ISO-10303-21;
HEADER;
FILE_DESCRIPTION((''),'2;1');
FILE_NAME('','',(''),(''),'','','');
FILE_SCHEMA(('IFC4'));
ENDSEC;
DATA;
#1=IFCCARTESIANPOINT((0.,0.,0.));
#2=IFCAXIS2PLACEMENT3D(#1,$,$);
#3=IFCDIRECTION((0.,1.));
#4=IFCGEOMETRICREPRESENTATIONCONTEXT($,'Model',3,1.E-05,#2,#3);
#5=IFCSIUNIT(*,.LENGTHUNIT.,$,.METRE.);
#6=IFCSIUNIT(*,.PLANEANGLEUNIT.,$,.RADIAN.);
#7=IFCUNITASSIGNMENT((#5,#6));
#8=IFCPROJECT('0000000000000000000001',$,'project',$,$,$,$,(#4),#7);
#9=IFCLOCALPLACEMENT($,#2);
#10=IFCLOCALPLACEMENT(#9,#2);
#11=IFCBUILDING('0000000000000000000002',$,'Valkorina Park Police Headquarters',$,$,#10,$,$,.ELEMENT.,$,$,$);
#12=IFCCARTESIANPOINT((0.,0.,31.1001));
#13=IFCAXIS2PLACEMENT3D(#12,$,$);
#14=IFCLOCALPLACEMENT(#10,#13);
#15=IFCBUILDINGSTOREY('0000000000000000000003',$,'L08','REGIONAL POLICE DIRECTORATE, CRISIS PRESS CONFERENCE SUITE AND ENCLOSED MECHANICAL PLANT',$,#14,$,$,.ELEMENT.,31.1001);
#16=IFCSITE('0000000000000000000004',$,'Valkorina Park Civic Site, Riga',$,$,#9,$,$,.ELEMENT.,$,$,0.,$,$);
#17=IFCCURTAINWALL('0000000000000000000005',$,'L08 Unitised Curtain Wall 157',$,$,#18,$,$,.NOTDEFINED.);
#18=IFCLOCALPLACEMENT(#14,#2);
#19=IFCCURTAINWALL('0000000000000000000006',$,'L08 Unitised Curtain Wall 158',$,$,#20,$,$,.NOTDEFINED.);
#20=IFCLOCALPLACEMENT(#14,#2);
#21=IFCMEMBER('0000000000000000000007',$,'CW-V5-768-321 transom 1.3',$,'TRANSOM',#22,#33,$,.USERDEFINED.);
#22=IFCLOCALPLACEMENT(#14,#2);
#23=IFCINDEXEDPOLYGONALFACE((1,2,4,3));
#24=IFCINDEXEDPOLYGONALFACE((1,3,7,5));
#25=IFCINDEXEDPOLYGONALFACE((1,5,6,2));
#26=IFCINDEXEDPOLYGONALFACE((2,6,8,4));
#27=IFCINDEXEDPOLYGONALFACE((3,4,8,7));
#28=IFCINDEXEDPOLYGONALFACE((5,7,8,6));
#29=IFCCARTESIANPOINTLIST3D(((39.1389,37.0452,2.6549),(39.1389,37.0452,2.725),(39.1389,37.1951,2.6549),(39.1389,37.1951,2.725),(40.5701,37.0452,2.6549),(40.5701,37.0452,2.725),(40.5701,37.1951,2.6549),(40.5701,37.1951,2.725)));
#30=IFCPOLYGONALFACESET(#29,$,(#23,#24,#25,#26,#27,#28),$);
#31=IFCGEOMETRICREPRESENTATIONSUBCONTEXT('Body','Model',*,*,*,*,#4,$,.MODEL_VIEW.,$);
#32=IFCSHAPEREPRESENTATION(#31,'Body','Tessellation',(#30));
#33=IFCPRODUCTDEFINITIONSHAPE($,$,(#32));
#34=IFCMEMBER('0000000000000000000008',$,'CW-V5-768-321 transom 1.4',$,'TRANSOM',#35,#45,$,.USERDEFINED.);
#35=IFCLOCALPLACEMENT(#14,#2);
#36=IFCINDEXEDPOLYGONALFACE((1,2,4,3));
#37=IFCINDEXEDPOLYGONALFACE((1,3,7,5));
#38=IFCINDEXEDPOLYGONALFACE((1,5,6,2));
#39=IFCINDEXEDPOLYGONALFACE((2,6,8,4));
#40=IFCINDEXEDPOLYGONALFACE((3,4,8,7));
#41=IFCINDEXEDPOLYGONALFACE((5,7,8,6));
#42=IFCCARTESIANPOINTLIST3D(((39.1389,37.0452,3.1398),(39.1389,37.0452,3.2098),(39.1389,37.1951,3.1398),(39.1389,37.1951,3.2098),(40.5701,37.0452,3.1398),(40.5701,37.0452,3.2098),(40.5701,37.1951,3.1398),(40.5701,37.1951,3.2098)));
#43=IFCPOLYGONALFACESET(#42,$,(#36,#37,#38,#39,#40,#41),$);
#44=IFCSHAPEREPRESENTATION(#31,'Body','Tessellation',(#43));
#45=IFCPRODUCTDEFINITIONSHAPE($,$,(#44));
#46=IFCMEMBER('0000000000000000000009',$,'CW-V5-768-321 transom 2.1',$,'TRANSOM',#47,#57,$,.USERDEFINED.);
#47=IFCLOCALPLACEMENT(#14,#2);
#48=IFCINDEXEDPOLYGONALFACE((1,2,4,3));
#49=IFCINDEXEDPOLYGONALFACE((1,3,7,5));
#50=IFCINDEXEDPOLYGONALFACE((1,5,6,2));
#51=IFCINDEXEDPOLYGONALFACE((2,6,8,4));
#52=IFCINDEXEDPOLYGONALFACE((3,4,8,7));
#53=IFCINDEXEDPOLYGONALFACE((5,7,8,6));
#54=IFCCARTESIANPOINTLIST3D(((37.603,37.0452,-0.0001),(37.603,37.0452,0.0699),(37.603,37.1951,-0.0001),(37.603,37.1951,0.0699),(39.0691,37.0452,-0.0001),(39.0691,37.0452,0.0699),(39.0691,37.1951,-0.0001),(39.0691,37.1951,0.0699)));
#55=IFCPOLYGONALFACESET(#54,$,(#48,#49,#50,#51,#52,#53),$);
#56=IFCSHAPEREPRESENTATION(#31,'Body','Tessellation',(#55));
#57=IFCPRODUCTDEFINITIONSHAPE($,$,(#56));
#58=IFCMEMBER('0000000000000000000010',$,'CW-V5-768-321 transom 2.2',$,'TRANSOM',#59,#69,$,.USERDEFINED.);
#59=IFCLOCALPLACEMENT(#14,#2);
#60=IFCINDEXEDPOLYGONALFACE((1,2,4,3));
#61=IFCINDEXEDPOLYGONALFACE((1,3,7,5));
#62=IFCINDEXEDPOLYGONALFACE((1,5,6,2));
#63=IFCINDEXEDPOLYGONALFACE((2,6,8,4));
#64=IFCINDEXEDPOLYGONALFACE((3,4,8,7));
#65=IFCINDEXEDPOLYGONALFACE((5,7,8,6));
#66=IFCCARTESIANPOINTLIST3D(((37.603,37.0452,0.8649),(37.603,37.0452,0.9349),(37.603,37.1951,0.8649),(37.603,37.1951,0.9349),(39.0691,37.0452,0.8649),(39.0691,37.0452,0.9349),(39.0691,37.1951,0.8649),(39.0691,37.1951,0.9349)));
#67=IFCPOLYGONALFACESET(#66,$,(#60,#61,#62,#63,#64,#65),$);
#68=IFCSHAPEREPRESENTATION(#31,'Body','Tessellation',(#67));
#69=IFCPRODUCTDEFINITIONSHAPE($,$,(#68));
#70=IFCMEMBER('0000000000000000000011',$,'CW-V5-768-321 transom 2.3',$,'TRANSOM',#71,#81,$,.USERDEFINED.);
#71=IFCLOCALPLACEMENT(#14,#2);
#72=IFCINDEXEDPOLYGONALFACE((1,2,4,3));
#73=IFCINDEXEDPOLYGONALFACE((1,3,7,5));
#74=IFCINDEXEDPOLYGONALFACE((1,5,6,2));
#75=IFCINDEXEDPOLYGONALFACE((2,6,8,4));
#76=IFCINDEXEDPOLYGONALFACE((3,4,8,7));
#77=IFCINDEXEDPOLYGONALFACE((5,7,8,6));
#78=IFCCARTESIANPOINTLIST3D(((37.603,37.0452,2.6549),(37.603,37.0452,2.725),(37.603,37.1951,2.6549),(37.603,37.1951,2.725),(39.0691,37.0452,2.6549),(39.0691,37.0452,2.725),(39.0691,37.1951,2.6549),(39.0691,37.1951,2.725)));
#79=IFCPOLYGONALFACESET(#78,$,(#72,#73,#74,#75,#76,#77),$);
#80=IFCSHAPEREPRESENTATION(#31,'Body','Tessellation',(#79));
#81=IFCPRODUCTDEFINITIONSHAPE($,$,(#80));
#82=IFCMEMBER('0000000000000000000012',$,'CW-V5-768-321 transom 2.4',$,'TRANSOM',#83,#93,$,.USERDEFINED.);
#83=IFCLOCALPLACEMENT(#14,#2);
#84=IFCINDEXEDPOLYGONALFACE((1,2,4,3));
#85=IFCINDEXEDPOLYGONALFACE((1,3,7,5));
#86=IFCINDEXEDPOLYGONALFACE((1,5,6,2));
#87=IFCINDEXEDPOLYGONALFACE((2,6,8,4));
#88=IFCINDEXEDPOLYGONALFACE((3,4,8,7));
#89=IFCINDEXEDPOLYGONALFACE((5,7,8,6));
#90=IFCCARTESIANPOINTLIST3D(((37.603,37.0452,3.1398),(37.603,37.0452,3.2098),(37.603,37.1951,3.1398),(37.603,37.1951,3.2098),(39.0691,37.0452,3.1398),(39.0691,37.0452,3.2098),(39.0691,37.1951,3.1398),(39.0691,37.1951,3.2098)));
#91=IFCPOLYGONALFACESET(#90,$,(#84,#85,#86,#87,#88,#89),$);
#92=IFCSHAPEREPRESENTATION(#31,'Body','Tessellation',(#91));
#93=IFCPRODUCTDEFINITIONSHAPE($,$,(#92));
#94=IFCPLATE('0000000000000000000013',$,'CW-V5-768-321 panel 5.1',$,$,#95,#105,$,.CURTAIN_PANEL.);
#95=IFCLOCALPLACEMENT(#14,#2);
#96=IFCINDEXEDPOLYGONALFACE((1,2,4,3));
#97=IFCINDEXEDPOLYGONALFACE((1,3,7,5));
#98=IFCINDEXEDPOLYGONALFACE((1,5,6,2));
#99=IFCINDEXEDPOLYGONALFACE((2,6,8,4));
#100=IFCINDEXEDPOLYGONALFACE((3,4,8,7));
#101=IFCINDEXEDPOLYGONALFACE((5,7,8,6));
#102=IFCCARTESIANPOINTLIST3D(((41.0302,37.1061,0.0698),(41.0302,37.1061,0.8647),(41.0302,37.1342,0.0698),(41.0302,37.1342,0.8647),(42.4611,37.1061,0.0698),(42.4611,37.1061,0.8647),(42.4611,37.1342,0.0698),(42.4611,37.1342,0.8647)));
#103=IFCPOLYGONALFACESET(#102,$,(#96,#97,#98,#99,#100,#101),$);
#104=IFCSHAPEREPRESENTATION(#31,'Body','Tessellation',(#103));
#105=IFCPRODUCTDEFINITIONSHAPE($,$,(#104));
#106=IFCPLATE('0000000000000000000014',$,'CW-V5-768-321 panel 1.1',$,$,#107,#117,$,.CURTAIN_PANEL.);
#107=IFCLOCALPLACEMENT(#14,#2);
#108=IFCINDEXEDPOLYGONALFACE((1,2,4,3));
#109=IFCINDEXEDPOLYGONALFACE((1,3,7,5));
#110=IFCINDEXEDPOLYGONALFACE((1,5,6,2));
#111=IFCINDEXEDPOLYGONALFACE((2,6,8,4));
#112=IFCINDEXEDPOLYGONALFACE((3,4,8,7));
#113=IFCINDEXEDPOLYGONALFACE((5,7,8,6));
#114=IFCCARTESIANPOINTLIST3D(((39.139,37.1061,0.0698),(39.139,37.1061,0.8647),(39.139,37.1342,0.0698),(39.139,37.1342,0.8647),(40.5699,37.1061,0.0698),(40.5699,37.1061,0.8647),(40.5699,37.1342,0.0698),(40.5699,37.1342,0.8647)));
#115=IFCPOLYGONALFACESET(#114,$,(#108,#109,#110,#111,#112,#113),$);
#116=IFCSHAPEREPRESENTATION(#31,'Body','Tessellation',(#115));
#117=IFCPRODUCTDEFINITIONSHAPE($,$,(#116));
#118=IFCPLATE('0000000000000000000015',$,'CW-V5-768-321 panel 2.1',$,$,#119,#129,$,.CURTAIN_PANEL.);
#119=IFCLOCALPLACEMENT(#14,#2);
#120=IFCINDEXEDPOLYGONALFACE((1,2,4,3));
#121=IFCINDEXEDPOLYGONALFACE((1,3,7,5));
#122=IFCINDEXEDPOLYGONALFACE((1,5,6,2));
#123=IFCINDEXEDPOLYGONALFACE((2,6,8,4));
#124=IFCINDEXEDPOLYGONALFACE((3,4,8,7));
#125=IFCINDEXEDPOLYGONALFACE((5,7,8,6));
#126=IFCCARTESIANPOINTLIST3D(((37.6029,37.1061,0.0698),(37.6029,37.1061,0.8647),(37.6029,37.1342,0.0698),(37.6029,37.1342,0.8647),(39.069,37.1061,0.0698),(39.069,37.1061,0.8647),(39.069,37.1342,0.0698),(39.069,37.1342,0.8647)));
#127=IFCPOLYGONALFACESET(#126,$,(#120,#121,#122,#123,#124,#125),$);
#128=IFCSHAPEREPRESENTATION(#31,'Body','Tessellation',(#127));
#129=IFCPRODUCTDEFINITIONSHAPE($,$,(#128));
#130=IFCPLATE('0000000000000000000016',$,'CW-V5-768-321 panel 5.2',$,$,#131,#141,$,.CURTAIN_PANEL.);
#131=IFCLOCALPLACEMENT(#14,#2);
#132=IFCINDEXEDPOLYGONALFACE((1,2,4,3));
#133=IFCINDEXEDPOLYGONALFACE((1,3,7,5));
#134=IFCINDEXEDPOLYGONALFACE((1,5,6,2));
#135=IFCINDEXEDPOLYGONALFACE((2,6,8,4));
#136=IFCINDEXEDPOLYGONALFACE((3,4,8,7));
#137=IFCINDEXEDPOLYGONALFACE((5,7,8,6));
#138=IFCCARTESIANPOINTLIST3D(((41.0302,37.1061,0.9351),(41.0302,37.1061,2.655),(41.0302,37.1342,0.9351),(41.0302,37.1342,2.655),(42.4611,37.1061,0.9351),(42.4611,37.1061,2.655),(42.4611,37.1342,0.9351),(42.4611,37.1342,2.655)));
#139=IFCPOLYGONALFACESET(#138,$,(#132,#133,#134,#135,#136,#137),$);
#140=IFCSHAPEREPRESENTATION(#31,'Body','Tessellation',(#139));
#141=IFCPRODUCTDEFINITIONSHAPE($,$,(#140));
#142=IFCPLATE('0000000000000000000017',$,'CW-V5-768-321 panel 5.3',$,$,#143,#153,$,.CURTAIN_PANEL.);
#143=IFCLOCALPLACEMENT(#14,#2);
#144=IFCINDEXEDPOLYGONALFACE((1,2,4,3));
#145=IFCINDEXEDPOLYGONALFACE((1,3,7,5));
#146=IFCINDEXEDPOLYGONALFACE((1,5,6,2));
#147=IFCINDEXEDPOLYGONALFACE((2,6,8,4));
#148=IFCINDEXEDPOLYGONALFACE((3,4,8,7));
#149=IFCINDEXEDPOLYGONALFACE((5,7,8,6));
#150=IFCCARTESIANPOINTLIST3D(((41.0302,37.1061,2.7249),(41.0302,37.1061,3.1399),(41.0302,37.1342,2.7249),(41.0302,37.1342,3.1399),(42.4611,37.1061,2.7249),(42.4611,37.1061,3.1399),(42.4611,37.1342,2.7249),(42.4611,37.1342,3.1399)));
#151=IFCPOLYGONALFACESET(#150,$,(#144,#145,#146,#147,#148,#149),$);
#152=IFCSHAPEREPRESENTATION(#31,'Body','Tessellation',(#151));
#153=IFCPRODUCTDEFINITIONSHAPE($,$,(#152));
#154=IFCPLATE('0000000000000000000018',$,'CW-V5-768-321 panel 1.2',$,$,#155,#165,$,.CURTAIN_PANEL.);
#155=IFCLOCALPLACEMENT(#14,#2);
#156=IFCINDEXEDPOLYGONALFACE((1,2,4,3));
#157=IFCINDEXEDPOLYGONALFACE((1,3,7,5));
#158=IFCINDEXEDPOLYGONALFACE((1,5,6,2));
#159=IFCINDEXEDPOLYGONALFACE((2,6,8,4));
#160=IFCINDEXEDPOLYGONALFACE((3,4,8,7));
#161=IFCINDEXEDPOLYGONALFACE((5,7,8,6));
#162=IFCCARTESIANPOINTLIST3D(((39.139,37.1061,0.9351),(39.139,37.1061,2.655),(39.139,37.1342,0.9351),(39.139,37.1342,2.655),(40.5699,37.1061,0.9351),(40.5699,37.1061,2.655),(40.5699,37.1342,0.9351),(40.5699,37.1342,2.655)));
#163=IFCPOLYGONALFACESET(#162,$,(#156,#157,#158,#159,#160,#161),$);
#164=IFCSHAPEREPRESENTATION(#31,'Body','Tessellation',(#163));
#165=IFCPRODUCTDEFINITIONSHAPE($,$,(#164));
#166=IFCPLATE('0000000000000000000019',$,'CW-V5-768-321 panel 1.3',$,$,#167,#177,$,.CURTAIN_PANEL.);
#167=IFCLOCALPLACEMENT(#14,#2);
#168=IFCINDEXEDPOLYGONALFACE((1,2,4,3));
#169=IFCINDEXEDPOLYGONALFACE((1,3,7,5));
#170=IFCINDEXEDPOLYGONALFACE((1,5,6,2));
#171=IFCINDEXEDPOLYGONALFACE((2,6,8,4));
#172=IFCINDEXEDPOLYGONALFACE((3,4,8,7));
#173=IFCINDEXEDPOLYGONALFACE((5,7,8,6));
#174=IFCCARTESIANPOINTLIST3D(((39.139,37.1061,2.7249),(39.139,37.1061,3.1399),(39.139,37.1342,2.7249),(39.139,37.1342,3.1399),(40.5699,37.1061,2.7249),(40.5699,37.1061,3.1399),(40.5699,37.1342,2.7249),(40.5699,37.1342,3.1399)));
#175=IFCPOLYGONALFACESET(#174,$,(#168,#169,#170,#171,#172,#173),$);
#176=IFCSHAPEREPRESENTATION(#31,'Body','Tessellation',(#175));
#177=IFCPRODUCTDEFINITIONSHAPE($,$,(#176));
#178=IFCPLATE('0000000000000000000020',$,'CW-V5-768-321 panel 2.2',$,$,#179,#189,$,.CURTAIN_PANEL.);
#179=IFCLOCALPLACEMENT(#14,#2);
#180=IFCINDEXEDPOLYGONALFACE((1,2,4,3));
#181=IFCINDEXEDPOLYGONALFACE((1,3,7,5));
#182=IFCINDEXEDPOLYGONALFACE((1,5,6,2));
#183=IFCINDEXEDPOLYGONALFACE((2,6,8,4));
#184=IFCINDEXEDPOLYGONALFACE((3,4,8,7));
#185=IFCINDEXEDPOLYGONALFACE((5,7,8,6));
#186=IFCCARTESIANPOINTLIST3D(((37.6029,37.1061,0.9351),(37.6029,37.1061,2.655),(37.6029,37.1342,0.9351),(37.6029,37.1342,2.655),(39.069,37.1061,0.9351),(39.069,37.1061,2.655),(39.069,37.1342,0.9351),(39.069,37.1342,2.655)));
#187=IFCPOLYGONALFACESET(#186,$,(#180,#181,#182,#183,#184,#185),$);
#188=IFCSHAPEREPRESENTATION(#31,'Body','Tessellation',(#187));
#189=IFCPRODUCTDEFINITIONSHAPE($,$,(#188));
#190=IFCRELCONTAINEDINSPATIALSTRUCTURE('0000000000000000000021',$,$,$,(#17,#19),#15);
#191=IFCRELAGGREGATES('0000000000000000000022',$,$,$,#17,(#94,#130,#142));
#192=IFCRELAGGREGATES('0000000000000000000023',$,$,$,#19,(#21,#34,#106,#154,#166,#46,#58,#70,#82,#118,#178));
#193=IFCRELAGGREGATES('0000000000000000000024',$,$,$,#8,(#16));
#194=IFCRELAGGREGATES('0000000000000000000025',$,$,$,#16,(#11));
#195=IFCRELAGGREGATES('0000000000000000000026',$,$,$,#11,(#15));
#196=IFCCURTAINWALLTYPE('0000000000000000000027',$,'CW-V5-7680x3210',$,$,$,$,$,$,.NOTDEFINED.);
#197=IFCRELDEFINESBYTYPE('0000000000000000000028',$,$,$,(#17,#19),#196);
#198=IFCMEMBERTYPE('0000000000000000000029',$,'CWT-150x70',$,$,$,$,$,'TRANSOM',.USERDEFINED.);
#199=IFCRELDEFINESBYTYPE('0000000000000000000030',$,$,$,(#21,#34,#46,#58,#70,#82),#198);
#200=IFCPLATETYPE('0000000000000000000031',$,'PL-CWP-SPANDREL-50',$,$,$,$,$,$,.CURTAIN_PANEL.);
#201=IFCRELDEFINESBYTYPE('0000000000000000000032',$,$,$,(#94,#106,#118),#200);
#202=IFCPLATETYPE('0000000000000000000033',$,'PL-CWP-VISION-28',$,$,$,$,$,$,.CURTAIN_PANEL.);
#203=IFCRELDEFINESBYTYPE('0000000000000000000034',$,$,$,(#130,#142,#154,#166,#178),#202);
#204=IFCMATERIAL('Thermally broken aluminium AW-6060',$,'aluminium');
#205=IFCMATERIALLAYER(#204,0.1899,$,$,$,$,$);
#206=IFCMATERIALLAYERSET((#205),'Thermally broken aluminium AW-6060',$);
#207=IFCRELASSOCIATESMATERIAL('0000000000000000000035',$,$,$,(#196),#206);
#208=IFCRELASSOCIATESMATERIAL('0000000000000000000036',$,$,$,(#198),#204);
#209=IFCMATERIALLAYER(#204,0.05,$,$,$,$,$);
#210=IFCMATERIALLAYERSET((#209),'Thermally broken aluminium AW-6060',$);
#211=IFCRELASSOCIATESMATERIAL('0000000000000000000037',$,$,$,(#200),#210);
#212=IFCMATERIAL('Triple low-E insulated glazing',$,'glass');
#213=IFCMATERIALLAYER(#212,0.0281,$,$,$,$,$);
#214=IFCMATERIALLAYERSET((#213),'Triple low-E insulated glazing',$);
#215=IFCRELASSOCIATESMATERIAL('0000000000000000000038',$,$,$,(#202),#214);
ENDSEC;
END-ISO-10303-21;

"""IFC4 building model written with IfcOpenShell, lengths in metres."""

from ifc_helpers import new_model, si_unit, direction, frame, origin, origin_2d, place, context, subcontext, project, spatial, rectangle, extrude, material, layer, layer_set, material_profile, profile_set, type_object, element, aggregate, save


model = new_model("IFC4")

# Units and contexts
model_context = context("Model", 3, precision=1e-05, world=origin(), true_north=direction((0.0, 1.0)))
body_context = subcontext(model_context, "Body", "Model", "MODEL_VIEW")
ifc_project = project(units=[si_unit("LENGTHUNIT", "METRE"), si_unit("PLANEANGLEUNIT", "RADIAN")], contexts=[model_context])

# Site, building, storey
site_placement = place(None, origin())
site = spatial("IfcSite", under=ifc_project, at=site_placement, Name="Valkorina Park Civic Site, Riga", CompositionType="ELEMENT", RefElevation=0.0)
building_placement = place(site_placement, origin())
building = spatial("IfcBuilding", under=site, at=building_placement, Name="Valkorina Park Police Headquarters", CompositionType="ELEMENT")
storey_placement = place(building_placement, frame((0.0, 0.0, 31.1001)))
storey = spatial("IfcBuildingStorey", under=building, at=storey_placement, Name="L08", Description="REGIONAL POLICE DIRECTORATE, CRISIS PRESS CONFERENCE SUITE AND ENCLOSED MECHANICAL PLANT", CompositionType="ELEMENT", Elevation=31.1001)

# Curtain wall
ifc_material_1 = material(Name="Thermally broken aluminium AW-6060", Category="aluminium")
ifc_layer_1 = layer(ifc_material_1, 0.1899)
ifc_layer_set_1 = layer_set([ifc_layer_1], Name="Thermally broken aluminium AW-6060")
curtain_wall_type = type_object("IfcCurtainWallType", Name="CW-V5-7680x3210", PredefinedType="NOTDEFINED", material=ifc_layer_set_1)
curtain_wall_1_placement = place(storey_placement, origin())
curtain_wall_1 = element("IfcCurtainWall", 1, at=curtain_wall_1_placement, inside=storey, type_object=curtain_wall_type, Name="L08 Unitised Curtain Wall 157", PredefinedType="NOTDEFINED")

# Curtain wall
curtain_wall_2_placement = place(storey_placement, origin())
curtain_wall_2 = element("IfcCurtainWall", 2, at=curtain_wall_2_placement, inside=storey, type_object=curtain_wall_type, Name="L08 Unitised Curtain Wall 158", PredefinedType="NOTDEFINED")

# Members
ifc_material_profile_1 = material_profile(ifc_material_1, rectangle(XDim=0.1499, YDim=0.0701, at=origin_2d()), Name="CWT-02 150x70")
ifc_profile_set_1 = profile_set([ifc_material_profile_1], Name="Thermally broken aluminium AW-6060")
member_type_1 = type_object("IfcMemberType", Name="CWT-150x70", ElementType="TRANSOM", PredefinedType="USERDEFINED", material=ifc_profile_set_1)
member_1_placement = place(storey_placement, frame((40.5701, 37.1201, 2.6899), z_axis=(-1.0, 0.0, 0.0), x_axis=(0.0, -1.0, 0.0)))
member_1 = element("IfcMember", 3, at=member_1_placement, type_object=member_type_1, Name="CW-V5-768-321 transom 1.3", ObjectType="TRANSOM", PredefinedType="USERDEFINED", context=body_context, shape_type="SweptSolid", body=[
    extrude(rectangle(XDim=0.1499, YDim=0.0701, at=origin_2d()), origin(), (0.0, 0.0, 1.0), 1.4312),
])
member_2_placement = place(storey_placement, frame((40.5701, 37.1201, 3.1748), z_axis=(-1.0, 0.0, 0.0), x_axis=(0.0, -1.0, 0.0)))
member_2 = element("IfcMember", 4, at=member_2_placement, type_object=member_type_1, Name="CW-V5-768-321 transom 1.4", ObjectType="TRANSOM", PredefinedType="USERDEFINED", context=body_context, shape_type="SweptSolid", body=[
    extrude(rectangle(XDim=0.1499, YDim=0.0701, at=origin_2d()), origin(), (0.0, 0.0, 1.0), 1.4312),
])
member_3_placement = place(storey_placement, frame((39.0691, 37.1201, 0.0349), z_axis=(-1.0, 0.0, 0.0), x_axis=(0.0, -1.0, 0.0)))
member_3 = element("IfcMember", 5, at=member_3_placement, type_object=member_type_1, Name="CW-V5-768-321 transom 2.1", ObjectType="TRANSOM", PredefinedType="USERDEFINED", context=body_context, shape_type="SweptSolid", body=[
    extrude(rectangle(XDim=0.1499, YDim=0.0701, at=origin_2d()), origin(), (0.0, 0.0, 1.0), 1.4661),
])
member_4_placement = place(storey_placement, frame((39.0691, 37.1201, 0.8999), z_axis=(-1.0, 0.0, 0.0), x_axis=(0.0, -1.0, 0.0)))
member_4 = element("IfcMember", 6, at=member_4_placement, type_object=member_type_1, Name="CW-V5-768-321 transom 2.2", ObjectType="TRANSOM", PredefinedType="USERDEFINED", context=body_context, shape_type="SweptSolid", body=[
    extrude(rectangle(XDim=0.1499, YDim=0.0701, at=origin_2d()), origin(), (0.0, 0.0, 1.0), 1.4661),
])
member_5_placement = place(storey_placement, frame((39.0691, 37.1201, 2.6899), z_axis=(-1.0, 0.0, 0.0), x_axis=(0.0, -1.0, 0.0)))
member_5 = element("IfcMember", 7, at=member_5_placement, type_object=member_type_1, Name="CW-V5-768-321 transom 2.3", ObjectType="TRANSOM", PredefinedType="USERDEFINED", context=body_context, shape_type="SweptSolid", body=[
    extrude(rectangle(XDim=0.1499, YDim=0.0701, at=origin_2d()), origin(), (0.0, 0.0, 1.0), 1.4661),
])
member_6_placement = place(storey_placement, frame((39.0691, 37.1201, 3.1748), z_axis=(-1.0, 0.0, 0.0), x_axis=(0.0, -1.0, 0.0)))
member_6 = element("IfcMember", 8, at=member_6_placement, type_object=member_type_1, Name="CW-V5-768-321 transom 2.4", ObjectType="TRANSOM", PredefinedType="USERDEFINED", context=body_context, shape_type="SweptSolid", body=[
    extrude(rectangle(XDim=0.1499, YDim=0.0701, at=origin_2d()), origin(), (0.0, 0.0, 1.0), 1.4661),
])

# Plates
ifc_layer_2 = layer(ifc_material_1, 0.05)
ifc_layer_set_2 = layer_set([ifc_layer_2], Name="Thermally broken aluminium AW-6060")
plate_type_1 = type_object("IfcPlateType", Name="PL-CWP-SPANDREL-50", PredefinedType="CURTAIN_PANEL", material=ifc_layer_set_2)
plate_1_placement = place(storey_placement, frame((41.7456, 37.1201, 0.0698), z_axis=(0.0, 0.0, 1.0), x_axis=(-1.0, 0.0, 0.0)))
plate_1 = element("IfcPlate", 9, at=plate_1_placement, type_object=plate_type_1, Name="CW-V5-768-321 panel 5.1", PredefinedType="CURTAIN_PANEL", context=body_context, shape_type="SweptSolid", body=[
    extrude(rectangle(XDim=1.4309, YDim=0.0281, at=origin_2d()), origin(), (0.0, 0.0, 1.0), 0.7949),
])
plate_2_placement = place(storey_placement, frame((39.8545, 37.1201, 0.0698), z_axis=(0.0, 0.0, 1.0), x_axis=(-1.0, 0.0, 0.0)))
plate_2 = element("IfcPlate", 10, at=plate_2_placement, type_object=plate_type_1, Name="CW-V5-768-321 panel 1.1", PredefinedType="CURTAIN_PANEL", context=body_context, shape_type="SweptSolid", body=[
    extrude(rectangle(XDim=1.4309, YDim=0.0281, at=origin_2d()), origin(), (0.0, 0.0, 1.0), 0.7949),
])
plate_3_placement = place(storey_placement, frame((38.3359, 37.1201, 0.0698), z_axis=(0.0, 0.0, 1.0), x_axis=(-1.0, 0.0, 0.0)))
plate_3 = element("IfcPlate", 11, at=plate_3_placement, type_object=plate_type_1, Name="CW-V5-768-321 panel 2.1", PredefinedType="CURTAIN_PANEL", context=body_context, shape_type="SweptSolid", body=[
    extrude(rectangle(XDim=1.4661, YDim=0.0281, at=origin_2d()), origin(), (0.0, 0.0, 1.0), 0.7949),
])
ifc_material_2 = material(Name="Triple low-E insulated glazing", Category="glass")
ifc_layer_3 = layer(ifc_material_2, 0.0281)
ifc_layer_set_3 = layer_set([ifc_layer_3], Name="Triple low-E insulated glazing")
plate_type_2 = type_object("IfcPlateType", Name="PL-CWP-VISION-28", PredefinedType="CURTAIN_PANEL", material=ifc_layer_set_3)
plate_4_placement = place(storey_placement, frame((41.7456, 37.1201, 0.9351), z_axis=(0.0, 0.0, 1.0), x_axis=(-1.0, 0.0, 0.0)))
plate_4 = element("IfcPlate", 12, at=plate_4_placement, type_object=plate_type_2, Name="CW-V5-768-321 panel 5.2", PredefinedType="CURTAIN_PANEL", context=body_context, shape_type="SweptSolid", body=[
    extrude(rectangle(XDim=1.4309, YDim=0.0281, at=origin_2d()), origin(), (0.0, 0.0, 1.0), 1.72),
])
plate_5_placement = place(storey_placement, frame((41.7456, 37.1201, 2.7249), z_axis=(0.0, 0.0, 1.0), x_axis=(-1.0, 0.0, 0.0)))
plate_5 = element("IfcPlate", 13, at=plate_5_placement, type_object=plate_type_2, Name="CW-V5-768-321 panel 5.3", PredefinedType="CURTAIN_PANEL", context=body_context, shape_type="SweptSolid", body=[
    extrude(rectangle(XDim=1.4309, YDim=0.0281, at=origin_2d()), origin(), (0.0, 0.0, 1.0), 0.415),
])
aggregate(curtain_wall_1, [plate_1, plate_4, plate_5])
plate_6_placement = place(storey_placement, frame((39.8545, 37.1201, 0.9351), z_axis=(0.0, 0.0, 1.0), x_axis=(-1.0, 0.0, 0.0)))
plate_6 = element("IfcPlate", 14, at=plate_6_placement, type_object=plate_type_2, Name="CW-V5-768-321 panel 1.2", PredefinedType="CURTAIN_PANEL", context=body_context, shape_type="SweptSolid", body=[
    extrude(rectangle(XDim=1.4309, YDim=0.0281, at=origin_2d()), origin(), (0.0, 0.0, 1.0), 1.72),
])
plate_7_placement = place(storey_placement, frame((39.8545, 37.1201, 2.7249), z_axis=(0.0, 0.0, 1.0), x_axis=(-1.0, 0.0, 0.0)))
plate_7 = element("IfcPlate", 15, at=plate_7_placement, type_object=plate_type_2, Name="CW-V5-768-321 panel 1.3", PredefinedType="CURTAIN_PANEL", context=body_context, shape_type="SweptSolid", body=[
    extrude(rectangle(XDim=1.4309, YDim=0.0281, at=origin_2d()), origin(), (0.0, 0.0, 1.0), 0.415),
])
plate_8_placement = place(storey_placement, frame((38.3359, 37.1201, 0.9351), z_axis=(0.0, 0.0, 1.0), x_axis=(-1.0, 0.0, 0.0)))
plate_8 = element("IfcPlate", 16, at=plate_8_placement, type_object=plate_type_2, Name="CW-V5-768-321 panel 2.2", PredefinedType="CURTAIN_PANEL", context=body_context, shape_type="SweptSolid", body=[
    extrude(rectangle(XDim=1.4661, YDim=0.0281, at=origin_2d()), origin(), (0.0, 0.0, 1.0), 1.72),
])
aggregate(curtain_wall_2, [member_1, member_2, plate_2, plate_6, plate_7, member_3, member_4, member_5, member_6, plate_3, plate_8])

save(model, "model.ifc")
